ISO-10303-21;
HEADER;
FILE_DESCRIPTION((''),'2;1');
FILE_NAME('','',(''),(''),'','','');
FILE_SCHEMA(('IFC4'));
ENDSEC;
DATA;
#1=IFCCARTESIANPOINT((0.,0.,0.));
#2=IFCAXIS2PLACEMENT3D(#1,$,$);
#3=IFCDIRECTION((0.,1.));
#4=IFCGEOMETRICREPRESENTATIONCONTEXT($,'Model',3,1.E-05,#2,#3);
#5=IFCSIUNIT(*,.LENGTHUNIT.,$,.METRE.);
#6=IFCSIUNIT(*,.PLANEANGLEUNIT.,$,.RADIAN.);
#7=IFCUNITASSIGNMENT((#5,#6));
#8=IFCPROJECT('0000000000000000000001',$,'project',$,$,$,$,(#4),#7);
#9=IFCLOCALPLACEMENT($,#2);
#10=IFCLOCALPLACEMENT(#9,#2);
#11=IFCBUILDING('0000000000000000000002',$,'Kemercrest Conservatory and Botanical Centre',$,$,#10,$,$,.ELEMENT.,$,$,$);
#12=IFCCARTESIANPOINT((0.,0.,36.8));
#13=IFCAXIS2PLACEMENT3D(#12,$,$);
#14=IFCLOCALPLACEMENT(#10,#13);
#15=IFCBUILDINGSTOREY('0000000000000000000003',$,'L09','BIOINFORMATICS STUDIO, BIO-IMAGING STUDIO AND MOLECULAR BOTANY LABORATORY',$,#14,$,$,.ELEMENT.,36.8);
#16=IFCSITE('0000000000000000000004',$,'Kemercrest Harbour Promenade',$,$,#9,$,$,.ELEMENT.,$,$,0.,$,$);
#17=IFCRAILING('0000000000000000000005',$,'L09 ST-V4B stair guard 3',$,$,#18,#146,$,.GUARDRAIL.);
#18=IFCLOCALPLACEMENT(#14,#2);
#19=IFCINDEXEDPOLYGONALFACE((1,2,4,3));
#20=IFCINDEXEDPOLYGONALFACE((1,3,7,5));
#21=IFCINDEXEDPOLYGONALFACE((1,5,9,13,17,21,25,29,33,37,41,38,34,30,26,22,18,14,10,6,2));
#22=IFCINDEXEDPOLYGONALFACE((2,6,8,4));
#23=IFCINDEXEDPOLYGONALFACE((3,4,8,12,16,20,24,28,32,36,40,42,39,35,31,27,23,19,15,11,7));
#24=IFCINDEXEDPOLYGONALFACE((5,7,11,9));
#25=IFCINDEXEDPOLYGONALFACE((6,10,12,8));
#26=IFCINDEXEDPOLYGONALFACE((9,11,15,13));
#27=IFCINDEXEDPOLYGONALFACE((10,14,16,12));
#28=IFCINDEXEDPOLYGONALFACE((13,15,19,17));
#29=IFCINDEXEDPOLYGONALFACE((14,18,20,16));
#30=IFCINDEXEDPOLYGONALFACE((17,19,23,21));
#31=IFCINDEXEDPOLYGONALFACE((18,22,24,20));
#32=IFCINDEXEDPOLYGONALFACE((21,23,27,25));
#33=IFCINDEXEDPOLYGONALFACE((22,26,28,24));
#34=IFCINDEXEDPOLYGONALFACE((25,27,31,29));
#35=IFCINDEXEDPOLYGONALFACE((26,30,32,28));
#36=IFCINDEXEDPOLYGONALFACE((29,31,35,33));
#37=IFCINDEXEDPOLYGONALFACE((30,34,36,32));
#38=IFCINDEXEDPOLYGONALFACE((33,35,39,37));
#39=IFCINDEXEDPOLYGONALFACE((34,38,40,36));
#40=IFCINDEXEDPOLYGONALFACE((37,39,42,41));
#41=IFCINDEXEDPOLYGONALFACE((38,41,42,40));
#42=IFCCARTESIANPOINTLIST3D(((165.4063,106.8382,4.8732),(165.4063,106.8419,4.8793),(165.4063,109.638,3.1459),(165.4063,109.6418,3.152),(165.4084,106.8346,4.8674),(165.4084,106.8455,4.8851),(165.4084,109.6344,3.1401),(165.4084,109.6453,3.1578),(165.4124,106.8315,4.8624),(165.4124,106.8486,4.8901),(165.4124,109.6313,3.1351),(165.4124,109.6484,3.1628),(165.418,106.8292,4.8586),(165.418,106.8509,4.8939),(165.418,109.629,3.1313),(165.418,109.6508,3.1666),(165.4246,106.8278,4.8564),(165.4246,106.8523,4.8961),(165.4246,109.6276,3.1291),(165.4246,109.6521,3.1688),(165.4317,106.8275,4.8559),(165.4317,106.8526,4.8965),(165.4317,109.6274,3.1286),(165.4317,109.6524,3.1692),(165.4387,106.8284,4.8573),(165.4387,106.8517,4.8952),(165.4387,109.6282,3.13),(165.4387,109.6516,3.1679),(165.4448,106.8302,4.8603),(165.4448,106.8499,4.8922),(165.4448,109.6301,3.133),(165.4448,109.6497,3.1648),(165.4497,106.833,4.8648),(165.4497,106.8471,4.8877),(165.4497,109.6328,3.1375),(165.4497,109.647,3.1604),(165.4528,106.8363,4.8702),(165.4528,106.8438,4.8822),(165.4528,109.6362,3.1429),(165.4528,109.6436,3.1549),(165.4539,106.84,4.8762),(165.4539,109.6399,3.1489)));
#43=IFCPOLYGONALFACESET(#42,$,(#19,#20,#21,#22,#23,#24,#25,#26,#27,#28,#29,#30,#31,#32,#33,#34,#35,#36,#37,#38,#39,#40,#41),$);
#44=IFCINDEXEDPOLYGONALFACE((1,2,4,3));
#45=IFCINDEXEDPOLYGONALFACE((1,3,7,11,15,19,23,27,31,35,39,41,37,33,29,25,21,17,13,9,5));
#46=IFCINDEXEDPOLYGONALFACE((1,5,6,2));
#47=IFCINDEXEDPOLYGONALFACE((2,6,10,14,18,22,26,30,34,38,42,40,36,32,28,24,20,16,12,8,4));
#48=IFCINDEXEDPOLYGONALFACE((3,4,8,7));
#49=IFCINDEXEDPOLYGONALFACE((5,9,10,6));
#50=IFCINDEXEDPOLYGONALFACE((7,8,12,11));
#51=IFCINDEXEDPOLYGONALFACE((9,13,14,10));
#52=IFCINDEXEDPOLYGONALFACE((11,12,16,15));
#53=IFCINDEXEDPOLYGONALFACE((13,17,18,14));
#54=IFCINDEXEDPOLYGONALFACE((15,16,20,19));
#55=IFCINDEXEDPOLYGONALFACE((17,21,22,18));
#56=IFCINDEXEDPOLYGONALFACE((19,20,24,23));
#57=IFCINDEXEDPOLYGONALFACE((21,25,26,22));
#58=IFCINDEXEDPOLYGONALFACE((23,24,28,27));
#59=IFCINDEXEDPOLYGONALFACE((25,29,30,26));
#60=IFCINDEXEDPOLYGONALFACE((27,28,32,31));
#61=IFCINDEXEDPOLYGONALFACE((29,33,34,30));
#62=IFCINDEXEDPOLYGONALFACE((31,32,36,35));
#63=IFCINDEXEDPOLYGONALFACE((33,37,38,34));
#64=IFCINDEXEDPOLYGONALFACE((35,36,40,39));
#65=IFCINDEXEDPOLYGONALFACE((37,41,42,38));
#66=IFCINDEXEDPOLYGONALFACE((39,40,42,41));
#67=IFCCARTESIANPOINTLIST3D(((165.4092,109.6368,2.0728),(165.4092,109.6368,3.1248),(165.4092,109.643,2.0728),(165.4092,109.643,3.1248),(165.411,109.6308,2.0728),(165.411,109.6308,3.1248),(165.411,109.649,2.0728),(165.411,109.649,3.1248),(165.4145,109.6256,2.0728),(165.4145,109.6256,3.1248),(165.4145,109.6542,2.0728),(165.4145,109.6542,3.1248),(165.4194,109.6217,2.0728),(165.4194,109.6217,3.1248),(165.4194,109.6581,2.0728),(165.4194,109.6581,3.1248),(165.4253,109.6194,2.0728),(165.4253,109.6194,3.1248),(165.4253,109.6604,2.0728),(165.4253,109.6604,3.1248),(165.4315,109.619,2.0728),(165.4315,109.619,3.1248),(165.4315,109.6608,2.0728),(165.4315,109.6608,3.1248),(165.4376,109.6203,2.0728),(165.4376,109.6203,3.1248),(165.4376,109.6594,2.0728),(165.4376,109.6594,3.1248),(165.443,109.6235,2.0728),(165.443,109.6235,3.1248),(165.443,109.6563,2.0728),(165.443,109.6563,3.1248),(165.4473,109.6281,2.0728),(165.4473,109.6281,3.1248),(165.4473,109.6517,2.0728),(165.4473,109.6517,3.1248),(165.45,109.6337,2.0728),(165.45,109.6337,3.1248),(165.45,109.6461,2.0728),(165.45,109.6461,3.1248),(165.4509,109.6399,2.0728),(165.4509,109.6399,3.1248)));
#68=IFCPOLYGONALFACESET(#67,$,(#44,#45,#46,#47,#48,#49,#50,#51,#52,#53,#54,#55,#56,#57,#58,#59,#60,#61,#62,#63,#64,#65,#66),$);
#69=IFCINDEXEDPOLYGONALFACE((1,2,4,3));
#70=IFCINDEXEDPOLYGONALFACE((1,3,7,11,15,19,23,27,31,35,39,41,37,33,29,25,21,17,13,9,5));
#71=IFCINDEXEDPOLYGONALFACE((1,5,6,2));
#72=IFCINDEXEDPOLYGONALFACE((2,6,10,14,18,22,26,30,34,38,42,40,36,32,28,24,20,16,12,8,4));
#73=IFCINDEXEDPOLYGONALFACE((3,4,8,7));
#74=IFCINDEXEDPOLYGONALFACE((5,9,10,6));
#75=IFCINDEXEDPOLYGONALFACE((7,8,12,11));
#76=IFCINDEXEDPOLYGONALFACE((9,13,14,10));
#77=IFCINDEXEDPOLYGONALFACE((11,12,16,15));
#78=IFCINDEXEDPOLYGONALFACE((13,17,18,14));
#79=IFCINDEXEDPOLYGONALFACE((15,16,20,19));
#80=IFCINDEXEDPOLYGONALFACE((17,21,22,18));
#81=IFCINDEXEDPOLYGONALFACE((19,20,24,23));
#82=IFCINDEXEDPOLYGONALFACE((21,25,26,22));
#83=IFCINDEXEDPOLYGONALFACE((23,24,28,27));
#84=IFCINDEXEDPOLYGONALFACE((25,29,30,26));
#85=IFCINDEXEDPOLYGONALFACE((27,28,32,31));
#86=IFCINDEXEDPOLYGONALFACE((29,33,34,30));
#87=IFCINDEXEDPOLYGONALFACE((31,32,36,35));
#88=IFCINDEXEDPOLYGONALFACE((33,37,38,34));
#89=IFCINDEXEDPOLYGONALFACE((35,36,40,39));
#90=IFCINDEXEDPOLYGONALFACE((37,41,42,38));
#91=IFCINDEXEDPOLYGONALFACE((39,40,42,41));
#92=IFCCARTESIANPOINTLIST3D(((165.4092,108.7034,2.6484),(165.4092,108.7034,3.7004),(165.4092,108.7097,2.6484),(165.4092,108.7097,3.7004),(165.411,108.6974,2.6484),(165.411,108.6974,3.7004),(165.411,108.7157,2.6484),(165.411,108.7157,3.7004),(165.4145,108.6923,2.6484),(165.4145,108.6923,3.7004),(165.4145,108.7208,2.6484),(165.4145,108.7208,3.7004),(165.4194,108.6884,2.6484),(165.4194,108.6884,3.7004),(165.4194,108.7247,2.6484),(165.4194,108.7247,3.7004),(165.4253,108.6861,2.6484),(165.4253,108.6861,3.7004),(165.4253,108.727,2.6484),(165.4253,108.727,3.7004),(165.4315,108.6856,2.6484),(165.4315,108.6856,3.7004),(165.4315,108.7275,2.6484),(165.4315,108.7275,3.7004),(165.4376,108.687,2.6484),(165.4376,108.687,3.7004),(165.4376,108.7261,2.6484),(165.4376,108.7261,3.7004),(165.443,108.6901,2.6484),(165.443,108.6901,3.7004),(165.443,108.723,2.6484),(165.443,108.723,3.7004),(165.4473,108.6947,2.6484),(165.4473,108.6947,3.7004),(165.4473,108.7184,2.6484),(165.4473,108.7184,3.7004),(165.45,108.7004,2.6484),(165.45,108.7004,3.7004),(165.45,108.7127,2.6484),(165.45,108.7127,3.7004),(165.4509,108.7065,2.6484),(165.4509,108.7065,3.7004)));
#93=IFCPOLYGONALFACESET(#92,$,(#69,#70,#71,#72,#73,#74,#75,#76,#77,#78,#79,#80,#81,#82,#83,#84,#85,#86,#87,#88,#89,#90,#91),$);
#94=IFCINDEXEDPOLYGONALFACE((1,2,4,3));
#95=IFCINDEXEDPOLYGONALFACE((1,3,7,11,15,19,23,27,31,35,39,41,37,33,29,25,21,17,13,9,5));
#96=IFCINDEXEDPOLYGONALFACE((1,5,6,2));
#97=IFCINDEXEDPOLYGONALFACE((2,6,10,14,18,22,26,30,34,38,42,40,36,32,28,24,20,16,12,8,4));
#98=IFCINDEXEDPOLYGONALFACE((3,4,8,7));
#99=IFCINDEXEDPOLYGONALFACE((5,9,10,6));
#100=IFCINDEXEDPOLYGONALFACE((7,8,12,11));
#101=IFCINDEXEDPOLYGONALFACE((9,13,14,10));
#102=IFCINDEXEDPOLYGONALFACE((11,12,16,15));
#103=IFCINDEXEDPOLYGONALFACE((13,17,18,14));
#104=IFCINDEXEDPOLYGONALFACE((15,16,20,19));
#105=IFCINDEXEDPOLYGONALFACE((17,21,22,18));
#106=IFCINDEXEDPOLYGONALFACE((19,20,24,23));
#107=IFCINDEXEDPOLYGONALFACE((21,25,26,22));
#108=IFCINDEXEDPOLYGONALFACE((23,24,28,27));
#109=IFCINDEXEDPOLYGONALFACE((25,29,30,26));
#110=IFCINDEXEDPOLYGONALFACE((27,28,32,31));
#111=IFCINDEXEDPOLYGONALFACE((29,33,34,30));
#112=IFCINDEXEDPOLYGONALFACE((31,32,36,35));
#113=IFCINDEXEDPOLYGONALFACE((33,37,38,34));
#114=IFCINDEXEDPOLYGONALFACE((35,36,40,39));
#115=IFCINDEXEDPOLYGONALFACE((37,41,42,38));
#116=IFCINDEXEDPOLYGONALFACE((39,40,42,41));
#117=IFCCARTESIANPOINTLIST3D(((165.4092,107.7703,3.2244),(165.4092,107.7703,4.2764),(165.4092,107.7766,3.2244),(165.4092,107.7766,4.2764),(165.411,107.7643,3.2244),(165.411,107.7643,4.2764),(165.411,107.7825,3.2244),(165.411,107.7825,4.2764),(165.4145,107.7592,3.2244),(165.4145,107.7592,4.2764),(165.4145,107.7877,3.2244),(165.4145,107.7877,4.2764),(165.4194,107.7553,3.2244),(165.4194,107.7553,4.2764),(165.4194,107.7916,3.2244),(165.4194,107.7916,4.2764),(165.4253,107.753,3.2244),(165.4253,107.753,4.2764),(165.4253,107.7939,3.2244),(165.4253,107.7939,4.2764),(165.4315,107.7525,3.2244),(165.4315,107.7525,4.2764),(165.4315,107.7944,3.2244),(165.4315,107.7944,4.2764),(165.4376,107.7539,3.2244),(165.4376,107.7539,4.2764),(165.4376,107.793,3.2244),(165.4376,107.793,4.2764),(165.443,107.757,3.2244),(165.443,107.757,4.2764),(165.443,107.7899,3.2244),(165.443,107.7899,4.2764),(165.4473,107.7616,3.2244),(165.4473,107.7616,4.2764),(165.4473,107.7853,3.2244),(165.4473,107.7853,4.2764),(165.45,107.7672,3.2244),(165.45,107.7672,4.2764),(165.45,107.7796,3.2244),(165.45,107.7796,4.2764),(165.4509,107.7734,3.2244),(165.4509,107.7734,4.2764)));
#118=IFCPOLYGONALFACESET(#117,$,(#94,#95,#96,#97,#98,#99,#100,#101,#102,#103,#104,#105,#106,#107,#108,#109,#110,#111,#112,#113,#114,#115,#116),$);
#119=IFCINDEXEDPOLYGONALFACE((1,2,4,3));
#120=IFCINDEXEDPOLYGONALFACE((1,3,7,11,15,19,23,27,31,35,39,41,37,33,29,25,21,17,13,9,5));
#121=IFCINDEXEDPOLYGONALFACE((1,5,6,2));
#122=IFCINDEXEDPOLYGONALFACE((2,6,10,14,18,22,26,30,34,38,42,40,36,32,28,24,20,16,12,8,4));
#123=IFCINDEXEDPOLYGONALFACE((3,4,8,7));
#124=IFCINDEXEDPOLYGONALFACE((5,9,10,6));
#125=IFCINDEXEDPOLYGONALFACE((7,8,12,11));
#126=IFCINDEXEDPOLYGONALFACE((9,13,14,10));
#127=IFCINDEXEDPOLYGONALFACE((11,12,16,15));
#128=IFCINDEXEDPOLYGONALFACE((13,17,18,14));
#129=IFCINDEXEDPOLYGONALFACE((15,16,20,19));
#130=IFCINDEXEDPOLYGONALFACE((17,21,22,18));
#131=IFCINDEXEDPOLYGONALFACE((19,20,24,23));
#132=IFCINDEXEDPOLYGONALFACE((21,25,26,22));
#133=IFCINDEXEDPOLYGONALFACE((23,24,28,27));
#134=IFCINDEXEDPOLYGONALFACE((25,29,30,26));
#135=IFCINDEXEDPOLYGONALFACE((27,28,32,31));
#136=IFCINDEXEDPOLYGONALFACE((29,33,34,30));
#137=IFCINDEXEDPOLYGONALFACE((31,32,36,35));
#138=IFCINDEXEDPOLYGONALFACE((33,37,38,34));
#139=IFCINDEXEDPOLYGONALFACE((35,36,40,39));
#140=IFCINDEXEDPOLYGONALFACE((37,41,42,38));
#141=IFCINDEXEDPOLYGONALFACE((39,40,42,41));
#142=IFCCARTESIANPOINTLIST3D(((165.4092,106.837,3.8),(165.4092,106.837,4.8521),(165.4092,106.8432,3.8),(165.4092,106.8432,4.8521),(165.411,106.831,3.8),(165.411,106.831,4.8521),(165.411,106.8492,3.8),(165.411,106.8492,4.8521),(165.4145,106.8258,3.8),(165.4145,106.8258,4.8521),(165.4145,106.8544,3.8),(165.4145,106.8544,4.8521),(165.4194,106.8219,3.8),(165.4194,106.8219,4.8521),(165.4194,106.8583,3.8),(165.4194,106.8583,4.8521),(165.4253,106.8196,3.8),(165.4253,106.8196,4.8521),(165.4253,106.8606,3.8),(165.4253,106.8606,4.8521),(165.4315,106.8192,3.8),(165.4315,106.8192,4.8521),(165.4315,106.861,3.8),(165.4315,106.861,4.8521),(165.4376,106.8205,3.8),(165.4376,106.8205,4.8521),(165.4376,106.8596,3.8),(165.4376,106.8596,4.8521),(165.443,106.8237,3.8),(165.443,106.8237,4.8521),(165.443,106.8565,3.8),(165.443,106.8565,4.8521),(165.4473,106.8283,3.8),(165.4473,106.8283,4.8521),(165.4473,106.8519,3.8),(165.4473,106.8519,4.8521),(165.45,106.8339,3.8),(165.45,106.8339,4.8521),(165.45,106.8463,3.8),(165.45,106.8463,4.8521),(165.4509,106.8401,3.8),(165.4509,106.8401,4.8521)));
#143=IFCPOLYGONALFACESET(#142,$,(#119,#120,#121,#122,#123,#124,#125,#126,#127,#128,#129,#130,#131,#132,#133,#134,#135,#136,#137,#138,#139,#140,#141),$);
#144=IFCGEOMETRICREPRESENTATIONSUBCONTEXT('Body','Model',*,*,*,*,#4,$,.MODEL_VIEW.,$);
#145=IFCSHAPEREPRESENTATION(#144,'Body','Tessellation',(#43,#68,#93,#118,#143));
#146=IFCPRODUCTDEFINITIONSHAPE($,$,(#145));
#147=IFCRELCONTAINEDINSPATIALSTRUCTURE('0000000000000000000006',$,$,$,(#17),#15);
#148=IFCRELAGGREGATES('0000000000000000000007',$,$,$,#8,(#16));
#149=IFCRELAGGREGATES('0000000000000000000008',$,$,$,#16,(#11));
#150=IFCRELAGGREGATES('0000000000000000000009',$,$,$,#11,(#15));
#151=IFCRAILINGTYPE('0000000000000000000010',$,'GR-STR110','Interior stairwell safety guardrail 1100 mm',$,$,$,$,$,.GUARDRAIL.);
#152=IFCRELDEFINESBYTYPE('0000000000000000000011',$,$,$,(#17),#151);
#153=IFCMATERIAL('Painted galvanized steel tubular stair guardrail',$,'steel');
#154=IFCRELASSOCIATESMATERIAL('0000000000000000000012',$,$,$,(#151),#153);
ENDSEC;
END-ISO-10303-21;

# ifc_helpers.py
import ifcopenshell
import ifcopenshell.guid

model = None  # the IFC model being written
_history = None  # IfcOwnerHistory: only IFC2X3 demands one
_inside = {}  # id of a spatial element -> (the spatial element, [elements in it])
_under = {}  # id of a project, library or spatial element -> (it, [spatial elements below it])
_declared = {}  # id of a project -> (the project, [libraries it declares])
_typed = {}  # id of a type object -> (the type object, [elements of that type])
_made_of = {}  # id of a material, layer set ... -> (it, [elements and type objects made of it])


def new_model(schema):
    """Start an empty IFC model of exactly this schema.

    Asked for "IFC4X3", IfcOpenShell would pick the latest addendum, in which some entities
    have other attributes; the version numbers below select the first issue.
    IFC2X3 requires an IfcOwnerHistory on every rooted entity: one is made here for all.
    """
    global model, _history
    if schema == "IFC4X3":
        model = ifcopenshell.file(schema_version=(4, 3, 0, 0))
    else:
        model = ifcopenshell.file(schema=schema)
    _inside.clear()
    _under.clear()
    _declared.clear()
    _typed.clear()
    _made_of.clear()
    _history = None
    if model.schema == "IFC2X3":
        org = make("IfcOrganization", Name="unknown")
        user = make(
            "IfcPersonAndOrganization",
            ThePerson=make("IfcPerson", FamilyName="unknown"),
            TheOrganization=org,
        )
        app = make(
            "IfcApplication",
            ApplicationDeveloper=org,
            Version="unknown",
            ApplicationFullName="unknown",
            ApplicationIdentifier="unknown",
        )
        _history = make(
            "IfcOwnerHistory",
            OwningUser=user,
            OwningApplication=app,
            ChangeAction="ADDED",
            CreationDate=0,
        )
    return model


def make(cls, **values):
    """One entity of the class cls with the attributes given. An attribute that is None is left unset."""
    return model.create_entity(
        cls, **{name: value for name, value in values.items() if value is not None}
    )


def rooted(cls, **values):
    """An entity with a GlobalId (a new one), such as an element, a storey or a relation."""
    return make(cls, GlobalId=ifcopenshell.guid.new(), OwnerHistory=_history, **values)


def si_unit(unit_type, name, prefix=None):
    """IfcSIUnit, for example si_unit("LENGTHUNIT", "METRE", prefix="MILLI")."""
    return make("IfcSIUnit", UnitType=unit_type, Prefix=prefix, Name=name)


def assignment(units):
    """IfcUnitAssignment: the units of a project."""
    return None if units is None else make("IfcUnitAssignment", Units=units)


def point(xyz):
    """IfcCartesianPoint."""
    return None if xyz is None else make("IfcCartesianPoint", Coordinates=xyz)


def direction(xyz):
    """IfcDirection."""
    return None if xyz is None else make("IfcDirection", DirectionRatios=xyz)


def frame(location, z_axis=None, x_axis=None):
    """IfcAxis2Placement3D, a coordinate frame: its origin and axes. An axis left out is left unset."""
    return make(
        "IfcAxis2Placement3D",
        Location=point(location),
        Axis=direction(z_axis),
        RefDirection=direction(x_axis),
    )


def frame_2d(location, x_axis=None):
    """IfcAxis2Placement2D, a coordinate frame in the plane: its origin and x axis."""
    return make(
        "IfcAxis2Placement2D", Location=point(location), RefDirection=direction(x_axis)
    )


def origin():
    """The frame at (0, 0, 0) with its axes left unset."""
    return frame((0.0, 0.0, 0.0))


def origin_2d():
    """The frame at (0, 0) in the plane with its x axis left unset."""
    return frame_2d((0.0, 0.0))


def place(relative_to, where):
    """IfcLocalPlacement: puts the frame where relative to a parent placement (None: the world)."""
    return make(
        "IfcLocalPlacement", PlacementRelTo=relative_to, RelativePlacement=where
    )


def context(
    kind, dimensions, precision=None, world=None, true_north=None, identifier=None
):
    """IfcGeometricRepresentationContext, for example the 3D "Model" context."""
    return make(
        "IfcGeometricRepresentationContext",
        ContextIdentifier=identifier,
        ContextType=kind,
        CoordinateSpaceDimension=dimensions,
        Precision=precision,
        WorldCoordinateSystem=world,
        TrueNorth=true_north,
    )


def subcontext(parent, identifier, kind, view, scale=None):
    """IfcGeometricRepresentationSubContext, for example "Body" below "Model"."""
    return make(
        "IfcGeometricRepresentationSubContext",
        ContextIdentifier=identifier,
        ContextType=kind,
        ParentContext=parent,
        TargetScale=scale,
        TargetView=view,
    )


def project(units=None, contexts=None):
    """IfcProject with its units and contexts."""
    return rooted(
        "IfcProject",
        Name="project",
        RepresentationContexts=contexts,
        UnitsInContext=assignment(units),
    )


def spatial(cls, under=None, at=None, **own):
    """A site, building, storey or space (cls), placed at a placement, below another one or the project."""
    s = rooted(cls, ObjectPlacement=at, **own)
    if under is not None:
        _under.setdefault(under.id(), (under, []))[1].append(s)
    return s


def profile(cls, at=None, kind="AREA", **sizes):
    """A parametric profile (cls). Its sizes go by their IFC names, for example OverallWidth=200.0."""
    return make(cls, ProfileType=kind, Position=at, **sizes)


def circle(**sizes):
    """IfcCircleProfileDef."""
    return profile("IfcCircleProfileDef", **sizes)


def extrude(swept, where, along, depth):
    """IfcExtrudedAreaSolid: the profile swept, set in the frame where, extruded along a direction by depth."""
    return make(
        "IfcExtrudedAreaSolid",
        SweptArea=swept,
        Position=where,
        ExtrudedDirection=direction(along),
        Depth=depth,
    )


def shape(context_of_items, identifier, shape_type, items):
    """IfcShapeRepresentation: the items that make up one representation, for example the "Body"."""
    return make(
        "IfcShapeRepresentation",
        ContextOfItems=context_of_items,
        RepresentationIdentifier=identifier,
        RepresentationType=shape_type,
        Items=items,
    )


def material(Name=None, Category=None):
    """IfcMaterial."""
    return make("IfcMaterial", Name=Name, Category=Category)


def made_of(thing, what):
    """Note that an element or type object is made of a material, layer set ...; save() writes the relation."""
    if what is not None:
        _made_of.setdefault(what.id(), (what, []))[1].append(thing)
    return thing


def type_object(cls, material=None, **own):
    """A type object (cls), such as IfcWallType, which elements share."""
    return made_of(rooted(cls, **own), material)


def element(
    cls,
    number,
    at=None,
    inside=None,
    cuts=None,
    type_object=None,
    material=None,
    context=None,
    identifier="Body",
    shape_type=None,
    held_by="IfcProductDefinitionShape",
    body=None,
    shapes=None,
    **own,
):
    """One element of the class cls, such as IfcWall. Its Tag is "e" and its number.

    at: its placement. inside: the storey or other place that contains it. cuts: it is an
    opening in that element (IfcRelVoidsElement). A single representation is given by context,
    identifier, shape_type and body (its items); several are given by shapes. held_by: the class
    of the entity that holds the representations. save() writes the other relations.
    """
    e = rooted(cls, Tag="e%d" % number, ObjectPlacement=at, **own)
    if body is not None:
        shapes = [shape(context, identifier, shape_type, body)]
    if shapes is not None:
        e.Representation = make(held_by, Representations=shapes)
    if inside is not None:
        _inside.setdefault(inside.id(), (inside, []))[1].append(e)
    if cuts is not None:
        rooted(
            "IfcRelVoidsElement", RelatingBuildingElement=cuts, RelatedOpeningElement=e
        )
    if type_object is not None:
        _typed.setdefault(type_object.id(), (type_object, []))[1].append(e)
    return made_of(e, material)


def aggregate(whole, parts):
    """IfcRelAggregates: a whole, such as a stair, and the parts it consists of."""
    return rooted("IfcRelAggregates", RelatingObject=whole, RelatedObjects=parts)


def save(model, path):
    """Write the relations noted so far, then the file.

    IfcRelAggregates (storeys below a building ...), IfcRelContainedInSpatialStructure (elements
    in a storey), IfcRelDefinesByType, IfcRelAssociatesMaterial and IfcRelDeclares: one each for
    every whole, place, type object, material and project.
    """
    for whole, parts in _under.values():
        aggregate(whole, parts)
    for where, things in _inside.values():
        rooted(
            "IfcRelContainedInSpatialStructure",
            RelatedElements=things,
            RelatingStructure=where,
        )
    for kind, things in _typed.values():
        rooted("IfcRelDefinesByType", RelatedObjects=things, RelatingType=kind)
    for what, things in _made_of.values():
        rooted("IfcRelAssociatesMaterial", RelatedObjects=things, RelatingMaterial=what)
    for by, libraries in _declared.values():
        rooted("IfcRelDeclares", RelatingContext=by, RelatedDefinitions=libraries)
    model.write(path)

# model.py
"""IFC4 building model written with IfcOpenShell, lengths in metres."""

from ifc_helpers import new_model, si_unit, direction, frame, origin, origin_2d, place, context, subcontext, project, spatial, circle, extrude, material, type_object, element, save


model = new_model("IFC4")

# Units and contexts
model_context = context("Model", 3, precision=1e-05, world=origin(), true_north=direction((0.0, 1.0)))
body_context = subcontext(model_context, "Body", "Model", "MODEL_VIEW")
ifc_project = project(units=[si_unit("LENGTHUNIT", "METRE"), si_unit("PLANEANGLEUNIT", "RADIAN")], contexts=[model_context])

# Site, building, storey
site_placement = place(None, origin())
site = spatial("IfcSite", under=ifc_project, at=site_placement, Name="Kemercrest Harbour Promenade", CompositionType="ELEMENT", RefElevation=0.0)
building_placement = place(site_placement, origin())
building = spatial("IfcBuilding", under=site, at=building_placement, Name="Kemercrest Conservatory and Botanical Centre", CompositionType="ELEMENT")
storey_placement = place(building_placement, frame((0.0, 0.0, 36.8)))
storey = spatial("IfcBuildingStorey", under=building, at=storey_placement, Name="L09", Description="BIOINFORMATICS STUDIO, BIO-IMAGING STUDIO AND MOLECULAR BOTANY LABORATORY", CompositionType="ELEMENT", Elevation=36.8)

# Railing
ifc_material_1 = material(Name="Painted galvanized steel tubular stair guardrail", Category="steel")
railing_type_1 = type_object("IfcRailingType", Name="GR-STR110", Description="Interior stairwell safety guardrail 1100 mm", PredefinedType="GUARDRAIL", material=ifc_material_1)
railing_1_placement = place(storey_placement, frame((165.4299, 109.6399, 2.0728)))
element("IfcRailing", 1, at=railing_1_placement, inside=storey, type_object=railing_type_1, Name="L09 ST-V4B stair guard 3", PredefinedType="GUARDRAIL", context=body_context, shape_type="SweptSolid", body=[
    extrude(circle(Radius=0.0239, at=origin_2d()), frame((0.0, 0.0, 1.0762), z_axis=(0.0, -0.851069, 0.525054), x_axis=(1.0, 0.0, 0.0)), (0.0, 0.0, 1.0), 3.2898),
    extrude(circle(Radius=0.021, at=origin_2d()), origin(), (0.0, 0.0, 1.0), 1.052),
    extrude(circle(Radius=0.021, at=origin_2d()), frame((0.0, -0.9333, 0.5757)), (0.0, 0.0, 1.0), 1.052),
    extrude(circle(Radius=0.021, at=origin_2d()), frame((0.0, -1.8665, 1.1516)), (0.0, 0.0, 1.0), 1.052),
    extrude(circle(Radius=0.021, at=origin_2d()), frame((0.0, -2.7998, 1.7273)), (0.0, 0.0, 1.0), 1.052),
])

save(model, "model.ifc")
